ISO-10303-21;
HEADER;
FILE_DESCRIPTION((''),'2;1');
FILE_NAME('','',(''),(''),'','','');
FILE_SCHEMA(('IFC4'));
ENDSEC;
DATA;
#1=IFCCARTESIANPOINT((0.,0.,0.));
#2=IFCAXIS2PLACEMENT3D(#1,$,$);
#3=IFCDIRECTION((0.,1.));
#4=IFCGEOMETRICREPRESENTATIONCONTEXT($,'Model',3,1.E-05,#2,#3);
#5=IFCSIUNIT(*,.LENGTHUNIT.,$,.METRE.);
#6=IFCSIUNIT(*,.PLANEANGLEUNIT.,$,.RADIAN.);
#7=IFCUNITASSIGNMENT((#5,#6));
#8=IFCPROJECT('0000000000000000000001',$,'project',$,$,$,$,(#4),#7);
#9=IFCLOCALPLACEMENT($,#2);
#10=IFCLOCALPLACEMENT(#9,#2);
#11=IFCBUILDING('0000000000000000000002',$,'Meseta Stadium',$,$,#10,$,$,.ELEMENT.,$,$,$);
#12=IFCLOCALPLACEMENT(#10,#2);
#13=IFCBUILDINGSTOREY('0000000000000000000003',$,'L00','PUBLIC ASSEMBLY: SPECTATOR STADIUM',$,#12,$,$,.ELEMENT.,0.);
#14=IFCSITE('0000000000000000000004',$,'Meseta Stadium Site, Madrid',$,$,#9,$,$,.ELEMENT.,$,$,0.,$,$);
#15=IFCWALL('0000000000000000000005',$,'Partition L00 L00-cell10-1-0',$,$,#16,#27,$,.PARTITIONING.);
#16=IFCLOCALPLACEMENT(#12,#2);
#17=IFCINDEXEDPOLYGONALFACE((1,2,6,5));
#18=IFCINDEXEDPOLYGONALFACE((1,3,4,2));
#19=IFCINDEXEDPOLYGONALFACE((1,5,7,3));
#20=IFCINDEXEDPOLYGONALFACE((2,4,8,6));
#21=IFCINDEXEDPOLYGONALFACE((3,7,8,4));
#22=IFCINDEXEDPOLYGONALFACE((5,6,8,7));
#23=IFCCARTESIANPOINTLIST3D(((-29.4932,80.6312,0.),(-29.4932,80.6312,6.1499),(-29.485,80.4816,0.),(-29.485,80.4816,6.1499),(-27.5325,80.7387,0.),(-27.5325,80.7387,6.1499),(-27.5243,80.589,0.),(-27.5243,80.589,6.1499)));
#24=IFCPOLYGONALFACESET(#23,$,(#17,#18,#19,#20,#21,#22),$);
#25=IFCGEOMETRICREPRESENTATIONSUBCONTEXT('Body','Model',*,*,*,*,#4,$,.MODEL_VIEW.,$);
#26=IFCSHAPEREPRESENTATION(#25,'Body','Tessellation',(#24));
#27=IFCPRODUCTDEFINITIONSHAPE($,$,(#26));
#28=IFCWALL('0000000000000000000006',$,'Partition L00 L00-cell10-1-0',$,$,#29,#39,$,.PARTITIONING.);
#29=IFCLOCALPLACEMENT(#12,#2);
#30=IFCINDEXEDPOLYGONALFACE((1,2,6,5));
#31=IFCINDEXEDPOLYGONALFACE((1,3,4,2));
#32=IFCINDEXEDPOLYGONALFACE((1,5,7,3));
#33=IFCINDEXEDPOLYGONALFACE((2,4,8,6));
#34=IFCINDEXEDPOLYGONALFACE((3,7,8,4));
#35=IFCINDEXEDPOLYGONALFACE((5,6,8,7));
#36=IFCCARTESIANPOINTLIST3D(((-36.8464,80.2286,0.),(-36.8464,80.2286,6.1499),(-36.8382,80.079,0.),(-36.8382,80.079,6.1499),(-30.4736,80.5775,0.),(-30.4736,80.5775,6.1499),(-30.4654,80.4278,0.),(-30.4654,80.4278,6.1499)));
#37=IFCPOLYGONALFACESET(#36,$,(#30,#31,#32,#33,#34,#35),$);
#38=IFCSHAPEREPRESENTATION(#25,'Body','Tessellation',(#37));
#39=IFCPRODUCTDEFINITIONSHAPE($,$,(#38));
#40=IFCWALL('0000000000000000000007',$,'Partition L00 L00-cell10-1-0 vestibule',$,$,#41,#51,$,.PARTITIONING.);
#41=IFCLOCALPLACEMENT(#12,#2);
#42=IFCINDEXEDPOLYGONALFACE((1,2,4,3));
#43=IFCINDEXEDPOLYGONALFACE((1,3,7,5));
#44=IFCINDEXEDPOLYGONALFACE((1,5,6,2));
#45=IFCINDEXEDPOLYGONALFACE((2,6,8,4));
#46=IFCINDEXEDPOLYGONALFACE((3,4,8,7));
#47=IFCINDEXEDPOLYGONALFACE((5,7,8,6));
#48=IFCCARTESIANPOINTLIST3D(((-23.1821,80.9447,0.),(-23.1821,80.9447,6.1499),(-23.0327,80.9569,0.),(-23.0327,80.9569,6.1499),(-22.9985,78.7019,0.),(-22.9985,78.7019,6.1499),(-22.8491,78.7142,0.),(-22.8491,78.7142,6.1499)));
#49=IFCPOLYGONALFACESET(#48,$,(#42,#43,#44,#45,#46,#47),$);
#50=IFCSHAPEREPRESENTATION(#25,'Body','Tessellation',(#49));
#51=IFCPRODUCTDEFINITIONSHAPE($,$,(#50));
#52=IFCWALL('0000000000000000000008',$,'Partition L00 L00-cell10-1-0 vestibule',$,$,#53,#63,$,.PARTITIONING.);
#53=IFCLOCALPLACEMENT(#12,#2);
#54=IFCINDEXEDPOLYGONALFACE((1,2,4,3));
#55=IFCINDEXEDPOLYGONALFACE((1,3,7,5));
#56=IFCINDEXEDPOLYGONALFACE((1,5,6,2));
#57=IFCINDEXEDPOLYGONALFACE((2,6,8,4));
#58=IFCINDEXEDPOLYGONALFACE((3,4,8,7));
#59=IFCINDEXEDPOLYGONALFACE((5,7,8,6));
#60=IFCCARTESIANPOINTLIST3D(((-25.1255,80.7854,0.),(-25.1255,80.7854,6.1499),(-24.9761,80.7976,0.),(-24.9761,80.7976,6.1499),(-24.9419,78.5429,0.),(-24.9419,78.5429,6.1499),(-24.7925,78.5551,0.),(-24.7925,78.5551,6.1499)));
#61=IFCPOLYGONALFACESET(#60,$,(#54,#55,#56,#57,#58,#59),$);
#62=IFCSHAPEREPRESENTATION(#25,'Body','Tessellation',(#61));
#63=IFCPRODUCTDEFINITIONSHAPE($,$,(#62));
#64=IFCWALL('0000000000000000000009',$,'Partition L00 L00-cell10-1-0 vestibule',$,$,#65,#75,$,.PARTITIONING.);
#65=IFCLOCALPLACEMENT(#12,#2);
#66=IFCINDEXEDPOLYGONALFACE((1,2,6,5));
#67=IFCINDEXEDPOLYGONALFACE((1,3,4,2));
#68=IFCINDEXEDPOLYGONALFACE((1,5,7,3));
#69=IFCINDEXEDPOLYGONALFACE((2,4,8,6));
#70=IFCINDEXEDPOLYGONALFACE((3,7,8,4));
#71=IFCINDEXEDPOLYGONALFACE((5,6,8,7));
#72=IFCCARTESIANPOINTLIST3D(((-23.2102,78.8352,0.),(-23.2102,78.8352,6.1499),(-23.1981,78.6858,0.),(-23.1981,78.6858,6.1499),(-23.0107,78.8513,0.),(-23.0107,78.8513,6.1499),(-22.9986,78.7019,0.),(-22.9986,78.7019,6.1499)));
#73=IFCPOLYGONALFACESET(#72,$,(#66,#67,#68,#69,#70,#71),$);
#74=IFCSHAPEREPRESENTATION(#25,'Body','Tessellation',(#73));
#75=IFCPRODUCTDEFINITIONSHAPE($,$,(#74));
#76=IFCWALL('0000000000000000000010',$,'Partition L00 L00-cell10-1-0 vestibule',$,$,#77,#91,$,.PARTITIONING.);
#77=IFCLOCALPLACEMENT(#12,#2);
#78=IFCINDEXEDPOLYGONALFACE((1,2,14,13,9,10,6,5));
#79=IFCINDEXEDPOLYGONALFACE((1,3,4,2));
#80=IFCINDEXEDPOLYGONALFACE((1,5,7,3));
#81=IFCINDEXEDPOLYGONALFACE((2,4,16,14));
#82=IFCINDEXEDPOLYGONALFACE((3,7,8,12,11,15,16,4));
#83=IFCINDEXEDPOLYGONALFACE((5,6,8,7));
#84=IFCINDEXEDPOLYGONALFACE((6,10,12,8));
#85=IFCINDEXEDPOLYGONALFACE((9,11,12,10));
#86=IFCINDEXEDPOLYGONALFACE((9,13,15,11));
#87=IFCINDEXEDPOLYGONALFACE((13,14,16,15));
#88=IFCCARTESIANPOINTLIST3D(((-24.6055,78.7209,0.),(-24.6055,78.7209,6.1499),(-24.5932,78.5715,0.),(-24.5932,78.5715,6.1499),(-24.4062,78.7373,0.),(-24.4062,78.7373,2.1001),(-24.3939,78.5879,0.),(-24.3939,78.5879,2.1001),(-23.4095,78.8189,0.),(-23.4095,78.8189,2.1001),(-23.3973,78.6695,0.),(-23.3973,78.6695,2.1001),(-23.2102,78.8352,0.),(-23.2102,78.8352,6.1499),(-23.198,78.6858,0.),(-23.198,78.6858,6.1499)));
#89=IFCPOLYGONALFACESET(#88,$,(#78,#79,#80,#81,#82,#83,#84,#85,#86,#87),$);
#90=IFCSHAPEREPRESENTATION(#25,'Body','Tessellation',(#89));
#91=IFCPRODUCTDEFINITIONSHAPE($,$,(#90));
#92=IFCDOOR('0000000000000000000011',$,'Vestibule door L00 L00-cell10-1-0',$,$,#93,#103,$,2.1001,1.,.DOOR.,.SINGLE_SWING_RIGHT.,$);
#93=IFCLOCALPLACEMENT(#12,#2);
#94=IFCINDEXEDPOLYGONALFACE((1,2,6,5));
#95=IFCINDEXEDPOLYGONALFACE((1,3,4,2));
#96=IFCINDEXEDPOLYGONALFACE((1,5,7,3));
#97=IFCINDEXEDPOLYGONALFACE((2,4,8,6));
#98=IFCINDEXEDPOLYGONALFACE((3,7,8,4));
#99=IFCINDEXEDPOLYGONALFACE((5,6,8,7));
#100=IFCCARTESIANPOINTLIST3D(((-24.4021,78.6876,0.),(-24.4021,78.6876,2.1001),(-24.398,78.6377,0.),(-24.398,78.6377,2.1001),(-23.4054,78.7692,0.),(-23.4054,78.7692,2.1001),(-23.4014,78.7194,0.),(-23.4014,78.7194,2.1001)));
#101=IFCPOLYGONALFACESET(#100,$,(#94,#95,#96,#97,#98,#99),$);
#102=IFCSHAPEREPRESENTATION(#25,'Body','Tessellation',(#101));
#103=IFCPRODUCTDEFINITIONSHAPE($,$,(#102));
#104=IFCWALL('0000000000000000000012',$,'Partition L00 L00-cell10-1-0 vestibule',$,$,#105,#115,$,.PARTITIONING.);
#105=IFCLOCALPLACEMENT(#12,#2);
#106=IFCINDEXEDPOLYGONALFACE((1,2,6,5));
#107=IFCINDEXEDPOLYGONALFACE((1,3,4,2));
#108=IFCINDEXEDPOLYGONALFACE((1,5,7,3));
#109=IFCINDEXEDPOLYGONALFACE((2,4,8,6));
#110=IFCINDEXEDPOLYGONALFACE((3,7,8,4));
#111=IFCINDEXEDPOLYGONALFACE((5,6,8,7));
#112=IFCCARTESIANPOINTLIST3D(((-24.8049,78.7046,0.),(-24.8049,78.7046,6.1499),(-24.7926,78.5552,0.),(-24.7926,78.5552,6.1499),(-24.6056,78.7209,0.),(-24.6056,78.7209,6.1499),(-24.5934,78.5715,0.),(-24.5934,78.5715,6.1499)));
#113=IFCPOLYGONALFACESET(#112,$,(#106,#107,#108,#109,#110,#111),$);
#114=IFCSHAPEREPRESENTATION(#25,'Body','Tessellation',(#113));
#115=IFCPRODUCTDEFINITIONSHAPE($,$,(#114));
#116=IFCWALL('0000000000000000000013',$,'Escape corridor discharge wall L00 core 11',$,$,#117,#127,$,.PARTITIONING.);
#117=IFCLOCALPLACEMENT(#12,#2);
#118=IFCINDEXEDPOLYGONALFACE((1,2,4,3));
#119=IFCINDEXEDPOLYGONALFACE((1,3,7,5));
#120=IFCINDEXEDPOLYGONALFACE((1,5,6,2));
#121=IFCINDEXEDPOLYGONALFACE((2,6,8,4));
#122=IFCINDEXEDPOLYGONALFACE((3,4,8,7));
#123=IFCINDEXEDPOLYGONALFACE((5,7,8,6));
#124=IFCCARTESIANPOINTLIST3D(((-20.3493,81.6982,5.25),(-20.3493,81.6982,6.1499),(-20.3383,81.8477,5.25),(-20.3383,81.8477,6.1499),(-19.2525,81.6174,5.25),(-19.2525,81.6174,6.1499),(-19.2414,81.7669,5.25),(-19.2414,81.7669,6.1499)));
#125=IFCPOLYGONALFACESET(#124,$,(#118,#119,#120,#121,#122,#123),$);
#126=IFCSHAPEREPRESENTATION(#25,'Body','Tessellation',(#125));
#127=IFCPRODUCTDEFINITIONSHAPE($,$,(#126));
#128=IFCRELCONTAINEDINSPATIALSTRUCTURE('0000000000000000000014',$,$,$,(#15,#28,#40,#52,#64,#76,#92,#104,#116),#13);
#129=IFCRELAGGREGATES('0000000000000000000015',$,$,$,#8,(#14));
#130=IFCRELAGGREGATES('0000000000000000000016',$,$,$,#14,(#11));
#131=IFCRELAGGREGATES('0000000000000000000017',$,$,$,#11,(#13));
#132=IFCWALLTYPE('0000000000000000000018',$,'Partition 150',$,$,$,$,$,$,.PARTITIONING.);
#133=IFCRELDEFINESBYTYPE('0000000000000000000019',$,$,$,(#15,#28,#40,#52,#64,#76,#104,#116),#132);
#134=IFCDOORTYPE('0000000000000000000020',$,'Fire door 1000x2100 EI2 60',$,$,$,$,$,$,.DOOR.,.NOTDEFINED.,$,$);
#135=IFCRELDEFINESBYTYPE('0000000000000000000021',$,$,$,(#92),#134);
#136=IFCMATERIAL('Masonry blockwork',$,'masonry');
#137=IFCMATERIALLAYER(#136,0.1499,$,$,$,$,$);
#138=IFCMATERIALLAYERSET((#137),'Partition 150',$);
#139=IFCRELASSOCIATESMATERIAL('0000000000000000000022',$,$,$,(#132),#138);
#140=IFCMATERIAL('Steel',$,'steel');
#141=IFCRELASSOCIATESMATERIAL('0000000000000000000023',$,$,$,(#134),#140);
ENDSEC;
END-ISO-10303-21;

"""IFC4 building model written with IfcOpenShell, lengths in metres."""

from ifc_helpers import new_model, si_unit, direction, frame, frame_2d, origin, place, context, subcontext, project, spatial, rectangle, extrude, material, layer, layer_set, type_object, element, fill, save


model = new_model("IFC4")

# Units and contexts
model_context = context("Model", 3, precision=1e-05, world=origin(), true_north=direction((0.0, 1.0)))
body_context = subcontext(model_context, "Body", "Model", "MODEL_VIEW")
ifc_project = project(units=[si_unit("LENGTHUNIT", "METRE"), si_unit("PLANEANGLEUNIT", "RADIAN")], contexts=[model_context])

# Site, building, storey
site_placement = place(None, origin())
site = spatial("IfcSite", under=ifc_project, at=site_placement, Name="Meseta Stadium Site, Madrid", CompositionType="ELEMENT", RefElevation=0.0)
building_placement = place(site_placement, origin())
building = spatial("IfcBuilding", under=site, at=building_placement, Name="Meseta Stadium", CompositionType="ELEMENT")
storey_placement = place(building_placement, origin())
storey = spatial("IfcBuildingStorey", under=building, at=storey_placement, Name="L00", Description="PUBLIC ASSEMBLY: SPECTATOR STADIUM", CompositionType="ELEMENT", Elevation=0.0)

# Shared definitions
ifc_material_1 = material(Name="Masonry blockwork", Category="masonry")
ifc_layer = layer(ifc_material_1, 0.1499)
ifc_layer_set = layer_set([ifc_layer], Name="Partition 150")
wall_type = type_object("IfcWallType", Name="Partition 150", PredefinedType="PARTITIONING", material=ifc_layer_set)

# Shared definitions
ifc_material_2 = material(Name="Steel", Category="steel")
door_type = type_object("IfcDoorType", Name="Fire door 1000x2100 EI2 60", OperationType="NOTDEFINED", PredefinedType="DOOR", material=ifc_material_2)

# Walls
wall_1_placement = place(storey_placement, frame((-27.5283, 80.6638, 0.0), z_axis=(0.0, 0.0, 1.0), x_axis=(-0.998503, -0.054706, 0.0)))
element("IfcWall", 1, at=wall_1_placement, inside=storey, type_object=wall_type, Name="Partition L00 L00-cell10-1-0", PredefinedType="PARTITIONING", context=body_context, shape_type="SweptSolid", body=[
    extrude(rectangle(XDim=1.9636, YDim=0.1499, at=frame_2d((0.9819, 0.0))), origin(), (0.0, 0.0, 1.0), 6.1499),
])
wall_2_placement = place(storey_placement, frame((-30.4695, 80.5027, 0.0), z_axis=(0.0, 0.0, 1.0), x_axis=(-0.998505, -0.054663, 0.0)))
element("IfcWall", 2, at=wall_2_placement, inside=storey, type_object=wall_type, Name="Partition L00 L00-cell10-1-0", PredefinedType="PARTITIONING", context=body_context, shape_type="SweptSolid", body=[
    extrude(rectangle(XDim=6.3823, YDim=0.1499, at=frame_2d((3.1912, 0.0))), origin(), (0.0, 0.0, 1.0), 6.1499),
])
wall_3_placement = place(storey_placement, frame((-23.1074, 80.9507, 0.0), z_axis=(0.0, 0.0, 1.0), x_axis=(0.081591, -0.996666, 0.0)))
element("IfcWall", 3, at=wall_3_placement, inside=storey, type_object=wall_type, Name="Partition L00 L00-cell10-1-0 vestibule", PredefinedType="PARTITIONING", context=body_context, shape_type="SweptSolid", body=[
    extrude(rectangle(XDim=2.2502, YDim=0.1499, at=frame_2d((1.125, 0.0))), origin(), (0.0, 0.0, 1.0), 6.1499),
])
wall_4_placement = place(storey_placement, frame((-25.0508, 80.7915, 0.0), z_axis=(0.0, 0.0, 1.0), x_axis=(0.0816, -0.996665, 0.0)))
element("IfcWall", 4, at=wall_4_placement, inside=storey, type_object=wall_type, Name="Partition L00 L00-cell10-1-0 vestibule", PredefinedType="PARTITIONING", context=body_context, shape_type="SweptSolid", body=[
    extrude(rectangle(XDim=2.25, YDim=0.1499, at=frame_2d((1.125, 0.0))), origin(), (0.0, 0.0, 1.0), 6.1499),
])
wall_5_placement = place(storey_placement, frame((-23.0046, 78.7766, 0.0), z_axis=(0.0, 0.0, 1.0), x_axis=(-0.996753, -0.080521, 0.0)))
element("IfcWall", 5, at=wall_5_placement, inside=storey, type_object=wall_type, Name="Partition L00 L00-cell10-1-0 vestibule", PredefinedType="PARTITIONING", context=body_context, shape_type="SweptSolid", body=[
    extrude(rectangle(XDim=0.2002, YDim=0.1499, at=frame_2d((0.1001, 0.0))), origin(), (0.0, 0.0, 1.0), 6.1499),
])

# Wall, opening, door
wall_6_placement = place(storey_placement, frame((-23.2041, 78.7605, 0.0), z_axis=(0.0, 0.0, 1.0), x_axis=(-0.996664, -0.081617, 0.0)))
wall_6 = element("IfcWall", 6, at=wall_6_placement, inside=storey, type_object=wall_type, Name="Partition L00 L00-cell10-1-0 vestibule", PredefinedType="PARTITIONING", context=body_context, shape_type="SweptSolid", body=[
    extrude(rectangle(XDim=1.3999, YDim=0.1499, at=frame_2d((0.7, 0.0))), origin(), (0.0, 0.0, 1.0), 6.1499),
])
opening_1_placement = place(wall_6_placement, frame((0.2, 0.0, 0.0)))
opening_1 = element("IfcOpeningElement", 7, at=opening_1_placement, cuts=wall_6, PredefinedType="OPENING", context=body_context, shape_type="SweptSolid", body=[
    extrude(rectangle(XDim=1.0, YDim=2.1001, at=frame_2d((0.5, 1.05))), frame((0.0, 0.085, 0.0), z_axis=(0.0, -1.0, 0.0), x_axis=(1.0, 0.0, 0.0)), (0.0, 0.0, 1.0), 0.1699),
])
door_1_placement = place(opening_1_placement, origin())
door_1 = element("IfcDoor", 8, at=door_1_placement, inside=storey, type_object=door_type, Name="Vestibule door L00 L00-cell10-1-0", OperationType="SINGLE_SWING_RIGHT", OverallHeight=2.1001, OverallWidth=1.0, PredefinedType="DOOR", context=body_context, shape_type="SweptSolid", body=[
    extrude(rectangle(XDim=1.0, YDim=2.1001, at=frame_2d((0.5, 1.05))), frame((0.0, 0.0249, 0.0), z_axis=(0.0, -1.0, 0.0), x_axis=(1.0, 0.0, 0.0)), (0.0, 0.0, 1.0), 0.05),
])
fill(opening_1, door_1)

# Walls
wall_7_placement = place(storey_placement, frame((-24.5994, 78.6462, 0.0), z_axis=(0.0, 0.0, 1.0), x_axis=(-0.996646, -0.081832, 0.0)))
element("IfcWall", 9, at=wall_7_placement, inside=storey, type_object=wall_type, Name="Partition L00 L00-cell10-1-0 vestibule", PredefinedType="PARTITIONING", context=body_context, shape_type="SweptSolid", body=[
    extrude(rectangle(XDim=0.2, YDim=0.1499, at=frame_2d((0.1001, 0.0))), origin(), (0.0, 0.0, 1.0), 6.1499),
])
wall_8_placement = place(storey_placement, frame((-19.2471, 81.6921, 5.25), z_axis=(0.0, 0.0, 1.0), x_axis=(-0.997297, 0.073471, 0.0)))
element("IfcWall", 10, at=wall_8_placement, inside=storey, type_object=wall_type, Name="Escape corridor discharge wall L00 core 11", PredefinedType="PARTITIONING", context=body_context, shape_type="SweptSolid", body=[
    extrude(rectangle(XDim=1.0999, YDim=0.1499, at=frame_2d((0.5498, 0.0))), origin(), (0.0, 0.0, 1.0), 0.8999),
])

save(model, "model.ifc")
